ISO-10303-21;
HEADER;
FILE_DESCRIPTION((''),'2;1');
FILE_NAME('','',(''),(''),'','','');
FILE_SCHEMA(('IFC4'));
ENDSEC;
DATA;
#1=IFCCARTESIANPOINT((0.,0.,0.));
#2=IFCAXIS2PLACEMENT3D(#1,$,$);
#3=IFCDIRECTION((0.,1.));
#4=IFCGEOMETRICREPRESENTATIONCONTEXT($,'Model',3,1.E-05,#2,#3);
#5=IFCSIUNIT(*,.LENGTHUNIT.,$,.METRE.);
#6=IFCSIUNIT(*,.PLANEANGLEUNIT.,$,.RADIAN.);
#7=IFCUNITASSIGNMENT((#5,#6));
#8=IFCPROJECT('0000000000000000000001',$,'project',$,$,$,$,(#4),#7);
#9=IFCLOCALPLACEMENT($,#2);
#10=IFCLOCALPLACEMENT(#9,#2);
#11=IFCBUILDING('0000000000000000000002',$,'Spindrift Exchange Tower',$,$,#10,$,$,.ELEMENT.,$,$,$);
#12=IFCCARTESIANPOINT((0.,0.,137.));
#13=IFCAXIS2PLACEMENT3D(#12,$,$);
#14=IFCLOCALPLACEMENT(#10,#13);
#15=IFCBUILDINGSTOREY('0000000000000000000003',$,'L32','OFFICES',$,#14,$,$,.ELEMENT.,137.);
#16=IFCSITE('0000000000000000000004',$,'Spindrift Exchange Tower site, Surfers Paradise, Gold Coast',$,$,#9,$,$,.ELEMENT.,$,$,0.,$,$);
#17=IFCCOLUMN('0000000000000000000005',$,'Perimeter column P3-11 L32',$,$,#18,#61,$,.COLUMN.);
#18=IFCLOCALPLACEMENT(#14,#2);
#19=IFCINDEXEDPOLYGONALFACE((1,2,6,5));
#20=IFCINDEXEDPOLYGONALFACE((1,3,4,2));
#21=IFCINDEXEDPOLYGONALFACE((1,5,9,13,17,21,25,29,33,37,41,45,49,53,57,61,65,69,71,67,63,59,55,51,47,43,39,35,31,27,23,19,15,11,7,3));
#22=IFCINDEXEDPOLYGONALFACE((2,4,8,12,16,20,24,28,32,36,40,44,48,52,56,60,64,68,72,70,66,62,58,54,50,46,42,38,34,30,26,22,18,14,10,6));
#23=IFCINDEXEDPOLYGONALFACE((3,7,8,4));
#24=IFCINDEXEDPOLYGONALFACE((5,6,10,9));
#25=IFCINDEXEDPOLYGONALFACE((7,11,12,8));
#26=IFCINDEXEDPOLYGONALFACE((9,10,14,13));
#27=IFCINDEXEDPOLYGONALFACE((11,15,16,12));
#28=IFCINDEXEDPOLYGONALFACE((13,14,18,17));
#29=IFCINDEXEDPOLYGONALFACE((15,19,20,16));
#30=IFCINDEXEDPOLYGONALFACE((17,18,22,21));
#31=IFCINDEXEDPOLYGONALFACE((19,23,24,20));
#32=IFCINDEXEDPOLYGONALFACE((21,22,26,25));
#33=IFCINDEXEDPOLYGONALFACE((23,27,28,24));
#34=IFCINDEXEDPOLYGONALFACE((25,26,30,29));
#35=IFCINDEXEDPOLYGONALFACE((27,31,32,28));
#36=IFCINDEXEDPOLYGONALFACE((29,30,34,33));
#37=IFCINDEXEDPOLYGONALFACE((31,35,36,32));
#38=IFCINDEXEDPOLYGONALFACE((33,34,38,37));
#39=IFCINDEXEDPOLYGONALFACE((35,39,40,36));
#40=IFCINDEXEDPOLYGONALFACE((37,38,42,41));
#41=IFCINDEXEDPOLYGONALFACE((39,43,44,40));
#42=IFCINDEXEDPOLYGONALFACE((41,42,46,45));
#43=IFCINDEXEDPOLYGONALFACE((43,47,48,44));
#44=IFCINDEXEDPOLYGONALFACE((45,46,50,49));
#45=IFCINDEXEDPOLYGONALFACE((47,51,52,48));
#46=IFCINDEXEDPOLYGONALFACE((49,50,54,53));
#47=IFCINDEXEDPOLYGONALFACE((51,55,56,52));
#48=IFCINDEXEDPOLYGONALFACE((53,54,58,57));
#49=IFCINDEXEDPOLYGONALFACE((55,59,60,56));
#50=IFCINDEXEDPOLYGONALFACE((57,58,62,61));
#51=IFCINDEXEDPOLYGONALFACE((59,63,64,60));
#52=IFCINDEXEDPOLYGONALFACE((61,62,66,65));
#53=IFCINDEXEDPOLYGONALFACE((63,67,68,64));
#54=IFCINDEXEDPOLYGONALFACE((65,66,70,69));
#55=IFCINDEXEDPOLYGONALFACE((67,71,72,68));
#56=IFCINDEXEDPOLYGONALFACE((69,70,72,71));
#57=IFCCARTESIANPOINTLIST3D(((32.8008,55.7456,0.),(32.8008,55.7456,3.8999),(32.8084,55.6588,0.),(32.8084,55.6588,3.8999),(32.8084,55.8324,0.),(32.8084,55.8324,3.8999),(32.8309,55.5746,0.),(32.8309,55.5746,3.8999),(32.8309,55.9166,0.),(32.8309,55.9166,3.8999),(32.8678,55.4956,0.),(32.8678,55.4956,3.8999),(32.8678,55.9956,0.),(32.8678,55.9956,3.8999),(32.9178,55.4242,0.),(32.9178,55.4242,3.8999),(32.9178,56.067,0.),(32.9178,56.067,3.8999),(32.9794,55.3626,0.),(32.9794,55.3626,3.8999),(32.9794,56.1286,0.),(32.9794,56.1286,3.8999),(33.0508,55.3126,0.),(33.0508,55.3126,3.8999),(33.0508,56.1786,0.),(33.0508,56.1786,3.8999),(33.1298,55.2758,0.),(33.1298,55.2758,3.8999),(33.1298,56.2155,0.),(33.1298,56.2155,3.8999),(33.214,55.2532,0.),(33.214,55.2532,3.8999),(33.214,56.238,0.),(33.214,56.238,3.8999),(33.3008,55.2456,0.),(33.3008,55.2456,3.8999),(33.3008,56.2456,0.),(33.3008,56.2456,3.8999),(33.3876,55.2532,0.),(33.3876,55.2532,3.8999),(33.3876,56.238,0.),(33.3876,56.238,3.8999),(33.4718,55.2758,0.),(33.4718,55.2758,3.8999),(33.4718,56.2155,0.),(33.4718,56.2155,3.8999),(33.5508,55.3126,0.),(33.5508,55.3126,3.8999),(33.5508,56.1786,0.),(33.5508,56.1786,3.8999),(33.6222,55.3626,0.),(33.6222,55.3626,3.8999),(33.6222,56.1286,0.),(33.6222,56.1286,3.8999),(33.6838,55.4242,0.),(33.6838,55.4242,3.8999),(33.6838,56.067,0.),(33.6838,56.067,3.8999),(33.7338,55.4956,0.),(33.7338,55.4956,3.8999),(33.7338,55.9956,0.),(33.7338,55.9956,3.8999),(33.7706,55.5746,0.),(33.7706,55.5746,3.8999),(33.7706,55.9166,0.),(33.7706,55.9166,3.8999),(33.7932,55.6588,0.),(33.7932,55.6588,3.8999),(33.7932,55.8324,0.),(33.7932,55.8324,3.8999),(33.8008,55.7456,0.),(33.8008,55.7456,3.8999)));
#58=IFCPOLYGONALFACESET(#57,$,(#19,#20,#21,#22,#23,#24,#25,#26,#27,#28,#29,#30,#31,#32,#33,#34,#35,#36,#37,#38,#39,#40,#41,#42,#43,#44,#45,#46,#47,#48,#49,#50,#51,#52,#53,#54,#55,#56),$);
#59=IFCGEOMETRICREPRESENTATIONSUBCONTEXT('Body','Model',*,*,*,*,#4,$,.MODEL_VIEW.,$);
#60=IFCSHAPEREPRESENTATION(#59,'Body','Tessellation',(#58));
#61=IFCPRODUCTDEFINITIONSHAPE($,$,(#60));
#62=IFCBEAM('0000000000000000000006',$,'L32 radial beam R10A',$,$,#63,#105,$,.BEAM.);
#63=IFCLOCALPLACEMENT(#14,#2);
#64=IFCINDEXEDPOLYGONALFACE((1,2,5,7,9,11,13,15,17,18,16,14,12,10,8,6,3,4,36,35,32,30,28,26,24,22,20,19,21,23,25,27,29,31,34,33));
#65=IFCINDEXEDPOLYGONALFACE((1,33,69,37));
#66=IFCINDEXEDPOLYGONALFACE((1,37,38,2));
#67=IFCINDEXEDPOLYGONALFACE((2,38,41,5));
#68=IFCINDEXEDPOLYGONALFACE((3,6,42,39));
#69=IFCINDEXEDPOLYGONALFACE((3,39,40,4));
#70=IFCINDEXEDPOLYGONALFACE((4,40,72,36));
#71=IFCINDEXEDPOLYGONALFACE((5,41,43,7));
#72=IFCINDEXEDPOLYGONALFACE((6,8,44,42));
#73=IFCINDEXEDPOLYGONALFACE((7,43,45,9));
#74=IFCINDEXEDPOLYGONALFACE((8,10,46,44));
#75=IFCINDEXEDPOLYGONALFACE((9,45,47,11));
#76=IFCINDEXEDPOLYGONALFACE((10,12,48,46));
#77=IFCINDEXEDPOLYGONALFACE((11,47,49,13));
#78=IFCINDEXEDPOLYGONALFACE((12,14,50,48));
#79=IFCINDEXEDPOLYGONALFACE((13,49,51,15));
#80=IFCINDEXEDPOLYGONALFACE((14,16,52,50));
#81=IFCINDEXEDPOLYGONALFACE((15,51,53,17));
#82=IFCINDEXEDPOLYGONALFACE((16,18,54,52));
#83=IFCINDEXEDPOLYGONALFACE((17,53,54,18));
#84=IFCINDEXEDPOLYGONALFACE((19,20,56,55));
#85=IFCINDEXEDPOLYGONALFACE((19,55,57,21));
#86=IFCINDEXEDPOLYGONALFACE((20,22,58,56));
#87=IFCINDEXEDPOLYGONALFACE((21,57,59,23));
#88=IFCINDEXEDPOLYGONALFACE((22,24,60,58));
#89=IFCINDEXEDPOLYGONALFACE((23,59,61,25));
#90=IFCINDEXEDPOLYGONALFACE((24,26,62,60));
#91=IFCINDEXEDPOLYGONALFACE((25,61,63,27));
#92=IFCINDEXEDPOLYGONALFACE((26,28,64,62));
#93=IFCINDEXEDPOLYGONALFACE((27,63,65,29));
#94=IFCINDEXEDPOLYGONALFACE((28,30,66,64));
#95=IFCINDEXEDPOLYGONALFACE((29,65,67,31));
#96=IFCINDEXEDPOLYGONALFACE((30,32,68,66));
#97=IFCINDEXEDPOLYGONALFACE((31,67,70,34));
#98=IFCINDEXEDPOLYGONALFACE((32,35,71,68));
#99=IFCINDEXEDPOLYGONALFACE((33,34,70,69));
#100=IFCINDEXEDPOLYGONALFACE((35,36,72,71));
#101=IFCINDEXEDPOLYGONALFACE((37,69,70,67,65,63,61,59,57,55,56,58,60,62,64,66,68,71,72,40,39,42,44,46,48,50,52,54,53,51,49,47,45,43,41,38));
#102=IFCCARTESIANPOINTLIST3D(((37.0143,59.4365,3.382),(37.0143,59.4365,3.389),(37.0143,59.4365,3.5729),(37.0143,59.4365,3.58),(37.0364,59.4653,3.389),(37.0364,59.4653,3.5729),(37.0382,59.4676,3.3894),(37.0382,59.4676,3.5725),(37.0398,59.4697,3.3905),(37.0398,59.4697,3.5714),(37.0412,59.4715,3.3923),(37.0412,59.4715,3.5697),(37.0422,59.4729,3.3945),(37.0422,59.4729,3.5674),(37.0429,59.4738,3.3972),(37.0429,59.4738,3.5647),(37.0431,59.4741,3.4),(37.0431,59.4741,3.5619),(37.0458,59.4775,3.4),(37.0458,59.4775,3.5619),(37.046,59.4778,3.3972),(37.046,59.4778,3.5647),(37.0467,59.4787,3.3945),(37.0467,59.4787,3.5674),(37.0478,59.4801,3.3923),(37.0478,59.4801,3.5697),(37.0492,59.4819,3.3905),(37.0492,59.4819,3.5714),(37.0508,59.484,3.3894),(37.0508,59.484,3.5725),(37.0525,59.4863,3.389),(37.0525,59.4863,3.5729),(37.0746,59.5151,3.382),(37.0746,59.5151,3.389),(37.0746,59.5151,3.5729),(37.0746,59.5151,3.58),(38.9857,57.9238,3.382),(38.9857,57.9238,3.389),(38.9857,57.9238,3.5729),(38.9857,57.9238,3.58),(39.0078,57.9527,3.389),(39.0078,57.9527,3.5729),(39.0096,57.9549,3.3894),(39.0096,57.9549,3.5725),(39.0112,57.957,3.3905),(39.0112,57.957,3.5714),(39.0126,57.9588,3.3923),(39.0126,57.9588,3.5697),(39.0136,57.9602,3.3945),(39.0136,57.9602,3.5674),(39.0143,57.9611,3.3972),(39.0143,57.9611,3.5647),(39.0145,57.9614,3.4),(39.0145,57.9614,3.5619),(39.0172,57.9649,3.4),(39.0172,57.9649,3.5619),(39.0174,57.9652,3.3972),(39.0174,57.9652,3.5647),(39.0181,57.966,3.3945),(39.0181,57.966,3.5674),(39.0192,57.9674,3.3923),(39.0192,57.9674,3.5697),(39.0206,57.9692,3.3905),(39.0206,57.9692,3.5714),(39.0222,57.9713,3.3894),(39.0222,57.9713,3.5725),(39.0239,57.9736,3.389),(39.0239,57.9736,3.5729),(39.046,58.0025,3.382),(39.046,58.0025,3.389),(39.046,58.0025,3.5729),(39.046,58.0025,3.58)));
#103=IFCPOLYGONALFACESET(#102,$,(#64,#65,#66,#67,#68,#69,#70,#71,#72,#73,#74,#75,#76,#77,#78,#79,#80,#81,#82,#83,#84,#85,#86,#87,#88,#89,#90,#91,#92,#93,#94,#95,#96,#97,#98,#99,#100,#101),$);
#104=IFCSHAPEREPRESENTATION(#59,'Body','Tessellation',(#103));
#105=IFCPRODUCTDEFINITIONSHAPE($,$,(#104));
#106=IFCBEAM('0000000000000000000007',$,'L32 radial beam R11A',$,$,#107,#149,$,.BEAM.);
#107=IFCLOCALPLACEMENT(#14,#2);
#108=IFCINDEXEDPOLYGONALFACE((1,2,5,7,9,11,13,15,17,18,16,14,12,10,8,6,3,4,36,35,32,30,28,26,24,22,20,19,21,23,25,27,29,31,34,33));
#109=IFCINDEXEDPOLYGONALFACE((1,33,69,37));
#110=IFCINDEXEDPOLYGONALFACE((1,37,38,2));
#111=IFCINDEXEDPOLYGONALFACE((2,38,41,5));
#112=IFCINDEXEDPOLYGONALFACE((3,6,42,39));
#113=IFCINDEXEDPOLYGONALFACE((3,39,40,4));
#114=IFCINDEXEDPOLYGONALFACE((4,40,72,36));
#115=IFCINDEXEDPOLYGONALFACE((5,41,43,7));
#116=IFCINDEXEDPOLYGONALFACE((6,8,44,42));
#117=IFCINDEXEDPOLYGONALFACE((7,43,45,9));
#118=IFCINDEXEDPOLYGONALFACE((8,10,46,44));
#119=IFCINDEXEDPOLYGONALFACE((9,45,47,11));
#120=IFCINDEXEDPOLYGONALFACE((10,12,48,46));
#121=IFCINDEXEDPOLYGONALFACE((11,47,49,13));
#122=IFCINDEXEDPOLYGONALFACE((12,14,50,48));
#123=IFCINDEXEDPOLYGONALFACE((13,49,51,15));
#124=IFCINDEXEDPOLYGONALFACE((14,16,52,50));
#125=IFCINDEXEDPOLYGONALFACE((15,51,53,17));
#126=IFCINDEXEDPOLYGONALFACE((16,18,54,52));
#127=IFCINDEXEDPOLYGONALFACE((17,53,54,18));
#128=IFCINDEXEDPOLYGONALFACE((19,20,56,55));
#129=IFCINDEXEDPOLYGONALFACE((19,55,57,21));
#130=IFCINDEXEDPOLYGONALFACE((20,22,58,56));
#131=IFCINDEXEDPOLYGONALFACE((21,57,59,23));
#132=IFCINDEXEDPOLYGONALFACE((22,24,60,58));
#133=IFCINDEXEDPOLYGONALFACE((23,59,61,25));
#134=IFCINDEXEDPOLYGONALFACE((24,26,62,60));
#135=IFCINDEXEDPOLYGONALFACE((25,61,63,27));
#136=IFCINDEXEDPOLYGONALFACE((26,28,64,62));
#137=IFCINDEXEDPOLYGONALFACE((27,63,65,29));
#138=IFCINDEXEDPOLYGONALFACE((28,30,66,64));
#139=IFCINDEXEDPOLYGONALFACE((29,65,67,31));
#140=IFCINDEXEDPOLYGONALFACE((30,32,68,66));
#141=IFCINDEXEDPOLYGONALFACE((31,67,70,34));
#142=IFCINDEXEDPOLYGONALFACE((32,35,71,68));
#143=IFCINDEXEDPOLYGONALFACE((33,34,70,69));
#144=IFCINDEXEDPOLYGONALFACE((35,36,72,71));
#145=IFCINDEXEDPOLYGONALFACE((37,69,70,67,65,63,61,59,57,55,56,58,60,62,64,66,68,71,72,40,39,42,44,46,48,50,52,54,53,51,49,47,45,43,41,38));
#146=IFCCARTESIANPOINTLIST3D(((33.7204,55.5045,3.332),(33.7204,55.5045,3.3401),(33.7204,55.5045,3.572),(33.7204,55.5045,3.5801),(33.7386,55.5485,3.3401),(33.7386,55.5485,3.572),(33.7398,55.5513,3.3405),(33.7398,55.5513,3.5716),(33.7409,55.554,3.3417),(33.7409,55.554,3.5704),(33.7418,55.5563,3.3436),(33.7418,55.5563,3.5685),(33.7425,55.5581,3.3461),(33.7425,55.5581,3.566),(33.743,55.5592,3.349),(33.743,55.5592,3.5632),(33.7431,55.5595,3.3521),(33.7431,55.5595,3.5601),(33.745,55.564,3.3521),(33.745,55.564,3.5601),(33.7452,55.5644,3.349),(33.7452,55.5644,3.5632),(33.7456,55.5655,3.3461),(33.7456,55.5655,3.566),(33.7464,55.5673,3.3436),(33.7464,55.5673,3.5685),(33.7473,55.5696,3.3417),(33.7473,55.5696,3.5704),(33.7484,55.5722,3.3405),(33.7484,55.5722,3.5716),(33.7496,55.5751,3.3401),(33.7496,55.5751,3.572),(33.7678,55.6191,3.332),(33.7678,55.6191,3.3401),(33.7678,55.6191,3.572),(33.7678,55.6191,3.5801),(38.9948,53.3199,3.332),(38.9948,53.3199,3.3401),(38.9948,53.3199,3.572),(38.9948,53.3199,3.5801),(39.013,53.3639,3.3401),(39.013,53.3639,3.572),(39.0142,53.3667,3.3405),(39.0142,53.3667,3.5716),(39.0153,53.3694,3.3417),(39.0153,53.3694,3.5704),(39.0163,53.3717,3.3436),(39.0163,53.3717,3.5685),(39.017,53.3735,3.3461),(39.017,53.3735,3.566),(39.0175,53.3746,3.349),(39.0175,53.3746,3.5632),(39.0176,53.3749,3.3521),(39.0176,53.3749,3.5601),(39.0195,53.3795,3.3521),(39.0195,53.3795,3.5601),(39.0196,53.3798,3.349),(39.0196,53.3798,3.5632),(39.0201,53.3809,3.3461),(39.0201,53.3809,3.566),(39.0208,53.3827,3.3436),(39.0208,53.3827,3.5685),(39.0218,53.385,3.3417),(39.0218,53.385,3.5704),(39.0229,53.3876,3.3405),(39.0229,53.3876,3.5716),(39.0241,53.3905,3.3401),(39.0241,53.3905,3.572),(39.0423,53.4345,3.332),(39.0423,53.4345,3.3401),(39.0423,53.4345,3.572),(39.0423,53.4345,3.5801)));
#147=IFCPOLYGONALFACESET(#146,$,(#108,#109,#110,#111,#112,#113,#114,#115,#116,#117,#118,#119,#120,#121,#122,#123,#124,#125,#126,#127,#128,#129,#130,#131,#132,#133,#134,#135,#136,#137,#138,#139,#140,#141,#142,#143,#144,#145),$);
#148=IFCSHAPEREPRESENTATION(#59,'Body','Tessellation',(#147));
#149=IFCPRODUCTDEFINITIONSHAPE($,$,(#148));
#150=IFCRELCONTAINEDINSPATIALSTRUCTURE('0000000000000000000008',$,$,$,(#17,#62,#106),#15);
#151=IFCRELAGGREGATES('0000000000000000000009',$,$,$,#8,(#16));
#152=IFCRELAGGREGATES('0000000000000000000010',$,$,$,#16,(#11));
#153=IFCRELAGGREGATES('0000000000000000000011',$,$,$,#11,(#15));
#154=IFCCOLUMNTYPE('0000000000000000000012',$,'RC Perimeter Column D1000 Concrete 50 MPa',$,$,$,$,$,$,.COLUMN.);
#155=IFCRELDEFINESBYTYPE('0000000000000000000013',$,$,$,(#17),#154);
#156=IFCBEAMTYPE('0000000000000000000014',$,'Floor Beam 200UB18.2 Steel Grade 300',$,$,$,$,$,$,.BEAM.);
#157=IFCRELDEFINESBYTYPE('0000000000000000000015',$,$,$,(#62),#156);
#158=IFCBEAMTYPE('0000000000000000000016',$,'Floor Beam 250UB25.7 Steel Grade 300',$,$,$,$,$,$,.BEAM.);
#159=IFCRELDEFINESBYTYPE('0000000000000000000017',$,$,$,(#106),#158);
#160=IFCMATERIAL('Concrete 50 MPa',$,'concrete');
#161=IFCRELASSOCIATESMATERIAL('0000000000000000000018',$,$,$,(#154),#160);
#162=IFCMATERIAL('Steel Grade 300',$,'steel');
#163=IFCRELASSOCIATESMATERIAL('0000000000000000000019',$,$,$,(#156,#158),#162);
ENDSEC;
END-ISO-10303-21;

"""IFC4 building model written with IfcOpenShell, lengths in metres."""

from ifc_helpers import new_model, si_unit, direction, frame, origin, origin_2d, place, context, subcontext, project, spatial, circle, i_section, extrude, source, transform, mapped, material, material_profile, profile_set, type_object, element, save


model = new_model("IFC4")

# Units and contexts
model_context = context("Model", 3, precision=1e-05, world=origin(), true_north=direction((0.0, 1.0)))
body_context = subcontext(model_context, "Body", "Model", "MODEL_VIEW")
ifc_project = project(units=[si_unit("LENGTHUNIT", "METRE"), si_unit("PLANEANGLEUNIT", "RADIAN")], contexts=[model_context])

# Site, building, storey
site_placement = place(None, origin())
site = spatial("IfcSite", under=ifc_project, at=site_placement, Name="Spindrift Exchange Tower site, Surfers Paradise, Gold Coast", CompositionType="ELEMENT", RefElevation=0.0)
building_placement = place(site_placement, origin())
building = spatial("IfcBuilding", under=site, at=building_placement, Name="Spindrift Exchange Tower", CompositionType="ELEMENT")
storey_placement = place(building_placement, frame((0.0, 0.0, 137.0)))
storey = spatial("IfcBuildingStorey", under=building, at=storey_placement, Name="L32", Description="OFFICES", CompositionType="ELEMENT", Elevation=137.0)

# Column
ifc_material_1 = material(Name="Concrete 50 MPa", Category="concrete")
ifc_material_profile_1 = material_profile(ifc_material_1, circle(Radius=0.5, at=origin_2d()), Name="RC D1000")
ifc_profile_set_1 = profile_set([ifc_material_profile_1], Name="Concrete 50 MPa")
column_type = type_object("IfcColumnType", Name="RC Perimeter Column D1000 Concrete 50 MPa", PredefinedType="COLUMN", material=ifc_profile_set_1)
shared_shape_1 = source(origin(), body_context, "Body", "SweptSolid", [
    extrude(circle(Radius=0.5, at=origin_2d()), origin(), (0.0, 0.0, 1.0), 3.8999),
])
column_placement = place(storey_placement, frame((33.3008, 55.7456, 0.0), z_axis=(0.0, 0.0, 1.0), x_axis=(1.0, 0.0, 0.0)))
element("IfcColumn", 1, at=column_placement, inside=storey, type_object=column_type, Name="Perimeter column P3-11 L32", PredefinedType="COLUMN", context=body_context, shape_type="MappedRepresentation", body=[
    mapped(shared_shape_1, transform((0.0, 0.0, 0.0), scale=1.0)),
])

# Beams
ifc_material_2 = material(Name="Steel Grade 300", Category="steel")
ifc_material_profile_2 = material_profile(ifc_material_2, i_section(OverallWidth=0.0991, OverallDepth=0.198, WebThickness=0.0044, FlangeThickness=0.0071, FilletRadius=0.011, at=origin_2d()), Name="200UB18.2")
ifc_profile_set_2 = profile_set([ifc_material_profile_2], Name="Steel Grade 300")
beam_type_1 = type_object("IfcBeamType", Name="Floor Beam 200UB18.2 Steel Grade 300", PredefinedType="BEAM", material=ifc_profile_set_2)
shared_shape_2 = source(origin(), body_context, "Body", "SweptSolid", [
    extrude(i_section(OverallWidth=0.0991, OverallDepth=0.198, WebThickness=0.0044, FlangeThickness=0.0071, FilletRadius=0.011, at=origin_2d()), origin(), (0.0, 0.0, 1.0), 2.4849),
])
beam_1_placement = place(storey_placement, frame((39.0159, 57.9631, 3.481), z_axis=(-0.793361, 0.608751, 0.0), x_axis=(-0.608751, -0.793361, 0.0)))
element("IfcBeam", 2, at=beam_1_placement, inside=storey, type_object=beam_type_1, Name="L32 radial beam R10A", PredefinedType="BEAM", context=body_context, shape_type="MappedRepresentation", body=[
    mapped(shared_shape_2, transform((0.0, 0.0, 0.0), scale=1.0)),
])
ifc_material_profile_3 = material_profile(ifc_material_2, i_section(OverallWidth=0.124, OverallDepth=0.248, WebThickness=0.0049, FlangeThickness=0.0081, FilletRadius=0.012, at=origin_2d()), Name="250UB25.7")
ifc_profile_set_3 = profile_set([ifc_material_profile_3], Name="Steel Grade 300")
beam_type_2 = type_object("IfcBeamType", Name="Floor Beam 250UB25.7 Steel Grade 300", PredefinedType="BEAM", material=ifc_profile_set_3)
shared_shape_3 = source(origin(), body_context, "Body", "SweptSolid", [
    extrude(i_section(OverallWidth=0.124, OverallDepth=0.248, WebThickness=0.0049, FlangeThickness=0.0081, FilletRadius=0.012, at=origin_2d()), origin(), (0.0, 0.0, 1.0), 5.709),
])
beam_2_placement = place(storey_placement, frame((39.0186, 53.3772, 3.4561), z_axis=(-0.92389, 0.382659, 0.0), x_axis=(-0.382659, -0.92389, 0.0)))
element("IfcBeam", 3, at=beam_2_placement, inside=storey, type_object=beam_type_2, Name="L32 radial beam R11A", PredefinedType="BEAM", context=body_context, shape_type="MappedRepresentation", body=[
    mapped(shared_shape_3, transform((0.0, 0.0, 0.0), scale=1.0)),
])

save(model, "model.ifc")
